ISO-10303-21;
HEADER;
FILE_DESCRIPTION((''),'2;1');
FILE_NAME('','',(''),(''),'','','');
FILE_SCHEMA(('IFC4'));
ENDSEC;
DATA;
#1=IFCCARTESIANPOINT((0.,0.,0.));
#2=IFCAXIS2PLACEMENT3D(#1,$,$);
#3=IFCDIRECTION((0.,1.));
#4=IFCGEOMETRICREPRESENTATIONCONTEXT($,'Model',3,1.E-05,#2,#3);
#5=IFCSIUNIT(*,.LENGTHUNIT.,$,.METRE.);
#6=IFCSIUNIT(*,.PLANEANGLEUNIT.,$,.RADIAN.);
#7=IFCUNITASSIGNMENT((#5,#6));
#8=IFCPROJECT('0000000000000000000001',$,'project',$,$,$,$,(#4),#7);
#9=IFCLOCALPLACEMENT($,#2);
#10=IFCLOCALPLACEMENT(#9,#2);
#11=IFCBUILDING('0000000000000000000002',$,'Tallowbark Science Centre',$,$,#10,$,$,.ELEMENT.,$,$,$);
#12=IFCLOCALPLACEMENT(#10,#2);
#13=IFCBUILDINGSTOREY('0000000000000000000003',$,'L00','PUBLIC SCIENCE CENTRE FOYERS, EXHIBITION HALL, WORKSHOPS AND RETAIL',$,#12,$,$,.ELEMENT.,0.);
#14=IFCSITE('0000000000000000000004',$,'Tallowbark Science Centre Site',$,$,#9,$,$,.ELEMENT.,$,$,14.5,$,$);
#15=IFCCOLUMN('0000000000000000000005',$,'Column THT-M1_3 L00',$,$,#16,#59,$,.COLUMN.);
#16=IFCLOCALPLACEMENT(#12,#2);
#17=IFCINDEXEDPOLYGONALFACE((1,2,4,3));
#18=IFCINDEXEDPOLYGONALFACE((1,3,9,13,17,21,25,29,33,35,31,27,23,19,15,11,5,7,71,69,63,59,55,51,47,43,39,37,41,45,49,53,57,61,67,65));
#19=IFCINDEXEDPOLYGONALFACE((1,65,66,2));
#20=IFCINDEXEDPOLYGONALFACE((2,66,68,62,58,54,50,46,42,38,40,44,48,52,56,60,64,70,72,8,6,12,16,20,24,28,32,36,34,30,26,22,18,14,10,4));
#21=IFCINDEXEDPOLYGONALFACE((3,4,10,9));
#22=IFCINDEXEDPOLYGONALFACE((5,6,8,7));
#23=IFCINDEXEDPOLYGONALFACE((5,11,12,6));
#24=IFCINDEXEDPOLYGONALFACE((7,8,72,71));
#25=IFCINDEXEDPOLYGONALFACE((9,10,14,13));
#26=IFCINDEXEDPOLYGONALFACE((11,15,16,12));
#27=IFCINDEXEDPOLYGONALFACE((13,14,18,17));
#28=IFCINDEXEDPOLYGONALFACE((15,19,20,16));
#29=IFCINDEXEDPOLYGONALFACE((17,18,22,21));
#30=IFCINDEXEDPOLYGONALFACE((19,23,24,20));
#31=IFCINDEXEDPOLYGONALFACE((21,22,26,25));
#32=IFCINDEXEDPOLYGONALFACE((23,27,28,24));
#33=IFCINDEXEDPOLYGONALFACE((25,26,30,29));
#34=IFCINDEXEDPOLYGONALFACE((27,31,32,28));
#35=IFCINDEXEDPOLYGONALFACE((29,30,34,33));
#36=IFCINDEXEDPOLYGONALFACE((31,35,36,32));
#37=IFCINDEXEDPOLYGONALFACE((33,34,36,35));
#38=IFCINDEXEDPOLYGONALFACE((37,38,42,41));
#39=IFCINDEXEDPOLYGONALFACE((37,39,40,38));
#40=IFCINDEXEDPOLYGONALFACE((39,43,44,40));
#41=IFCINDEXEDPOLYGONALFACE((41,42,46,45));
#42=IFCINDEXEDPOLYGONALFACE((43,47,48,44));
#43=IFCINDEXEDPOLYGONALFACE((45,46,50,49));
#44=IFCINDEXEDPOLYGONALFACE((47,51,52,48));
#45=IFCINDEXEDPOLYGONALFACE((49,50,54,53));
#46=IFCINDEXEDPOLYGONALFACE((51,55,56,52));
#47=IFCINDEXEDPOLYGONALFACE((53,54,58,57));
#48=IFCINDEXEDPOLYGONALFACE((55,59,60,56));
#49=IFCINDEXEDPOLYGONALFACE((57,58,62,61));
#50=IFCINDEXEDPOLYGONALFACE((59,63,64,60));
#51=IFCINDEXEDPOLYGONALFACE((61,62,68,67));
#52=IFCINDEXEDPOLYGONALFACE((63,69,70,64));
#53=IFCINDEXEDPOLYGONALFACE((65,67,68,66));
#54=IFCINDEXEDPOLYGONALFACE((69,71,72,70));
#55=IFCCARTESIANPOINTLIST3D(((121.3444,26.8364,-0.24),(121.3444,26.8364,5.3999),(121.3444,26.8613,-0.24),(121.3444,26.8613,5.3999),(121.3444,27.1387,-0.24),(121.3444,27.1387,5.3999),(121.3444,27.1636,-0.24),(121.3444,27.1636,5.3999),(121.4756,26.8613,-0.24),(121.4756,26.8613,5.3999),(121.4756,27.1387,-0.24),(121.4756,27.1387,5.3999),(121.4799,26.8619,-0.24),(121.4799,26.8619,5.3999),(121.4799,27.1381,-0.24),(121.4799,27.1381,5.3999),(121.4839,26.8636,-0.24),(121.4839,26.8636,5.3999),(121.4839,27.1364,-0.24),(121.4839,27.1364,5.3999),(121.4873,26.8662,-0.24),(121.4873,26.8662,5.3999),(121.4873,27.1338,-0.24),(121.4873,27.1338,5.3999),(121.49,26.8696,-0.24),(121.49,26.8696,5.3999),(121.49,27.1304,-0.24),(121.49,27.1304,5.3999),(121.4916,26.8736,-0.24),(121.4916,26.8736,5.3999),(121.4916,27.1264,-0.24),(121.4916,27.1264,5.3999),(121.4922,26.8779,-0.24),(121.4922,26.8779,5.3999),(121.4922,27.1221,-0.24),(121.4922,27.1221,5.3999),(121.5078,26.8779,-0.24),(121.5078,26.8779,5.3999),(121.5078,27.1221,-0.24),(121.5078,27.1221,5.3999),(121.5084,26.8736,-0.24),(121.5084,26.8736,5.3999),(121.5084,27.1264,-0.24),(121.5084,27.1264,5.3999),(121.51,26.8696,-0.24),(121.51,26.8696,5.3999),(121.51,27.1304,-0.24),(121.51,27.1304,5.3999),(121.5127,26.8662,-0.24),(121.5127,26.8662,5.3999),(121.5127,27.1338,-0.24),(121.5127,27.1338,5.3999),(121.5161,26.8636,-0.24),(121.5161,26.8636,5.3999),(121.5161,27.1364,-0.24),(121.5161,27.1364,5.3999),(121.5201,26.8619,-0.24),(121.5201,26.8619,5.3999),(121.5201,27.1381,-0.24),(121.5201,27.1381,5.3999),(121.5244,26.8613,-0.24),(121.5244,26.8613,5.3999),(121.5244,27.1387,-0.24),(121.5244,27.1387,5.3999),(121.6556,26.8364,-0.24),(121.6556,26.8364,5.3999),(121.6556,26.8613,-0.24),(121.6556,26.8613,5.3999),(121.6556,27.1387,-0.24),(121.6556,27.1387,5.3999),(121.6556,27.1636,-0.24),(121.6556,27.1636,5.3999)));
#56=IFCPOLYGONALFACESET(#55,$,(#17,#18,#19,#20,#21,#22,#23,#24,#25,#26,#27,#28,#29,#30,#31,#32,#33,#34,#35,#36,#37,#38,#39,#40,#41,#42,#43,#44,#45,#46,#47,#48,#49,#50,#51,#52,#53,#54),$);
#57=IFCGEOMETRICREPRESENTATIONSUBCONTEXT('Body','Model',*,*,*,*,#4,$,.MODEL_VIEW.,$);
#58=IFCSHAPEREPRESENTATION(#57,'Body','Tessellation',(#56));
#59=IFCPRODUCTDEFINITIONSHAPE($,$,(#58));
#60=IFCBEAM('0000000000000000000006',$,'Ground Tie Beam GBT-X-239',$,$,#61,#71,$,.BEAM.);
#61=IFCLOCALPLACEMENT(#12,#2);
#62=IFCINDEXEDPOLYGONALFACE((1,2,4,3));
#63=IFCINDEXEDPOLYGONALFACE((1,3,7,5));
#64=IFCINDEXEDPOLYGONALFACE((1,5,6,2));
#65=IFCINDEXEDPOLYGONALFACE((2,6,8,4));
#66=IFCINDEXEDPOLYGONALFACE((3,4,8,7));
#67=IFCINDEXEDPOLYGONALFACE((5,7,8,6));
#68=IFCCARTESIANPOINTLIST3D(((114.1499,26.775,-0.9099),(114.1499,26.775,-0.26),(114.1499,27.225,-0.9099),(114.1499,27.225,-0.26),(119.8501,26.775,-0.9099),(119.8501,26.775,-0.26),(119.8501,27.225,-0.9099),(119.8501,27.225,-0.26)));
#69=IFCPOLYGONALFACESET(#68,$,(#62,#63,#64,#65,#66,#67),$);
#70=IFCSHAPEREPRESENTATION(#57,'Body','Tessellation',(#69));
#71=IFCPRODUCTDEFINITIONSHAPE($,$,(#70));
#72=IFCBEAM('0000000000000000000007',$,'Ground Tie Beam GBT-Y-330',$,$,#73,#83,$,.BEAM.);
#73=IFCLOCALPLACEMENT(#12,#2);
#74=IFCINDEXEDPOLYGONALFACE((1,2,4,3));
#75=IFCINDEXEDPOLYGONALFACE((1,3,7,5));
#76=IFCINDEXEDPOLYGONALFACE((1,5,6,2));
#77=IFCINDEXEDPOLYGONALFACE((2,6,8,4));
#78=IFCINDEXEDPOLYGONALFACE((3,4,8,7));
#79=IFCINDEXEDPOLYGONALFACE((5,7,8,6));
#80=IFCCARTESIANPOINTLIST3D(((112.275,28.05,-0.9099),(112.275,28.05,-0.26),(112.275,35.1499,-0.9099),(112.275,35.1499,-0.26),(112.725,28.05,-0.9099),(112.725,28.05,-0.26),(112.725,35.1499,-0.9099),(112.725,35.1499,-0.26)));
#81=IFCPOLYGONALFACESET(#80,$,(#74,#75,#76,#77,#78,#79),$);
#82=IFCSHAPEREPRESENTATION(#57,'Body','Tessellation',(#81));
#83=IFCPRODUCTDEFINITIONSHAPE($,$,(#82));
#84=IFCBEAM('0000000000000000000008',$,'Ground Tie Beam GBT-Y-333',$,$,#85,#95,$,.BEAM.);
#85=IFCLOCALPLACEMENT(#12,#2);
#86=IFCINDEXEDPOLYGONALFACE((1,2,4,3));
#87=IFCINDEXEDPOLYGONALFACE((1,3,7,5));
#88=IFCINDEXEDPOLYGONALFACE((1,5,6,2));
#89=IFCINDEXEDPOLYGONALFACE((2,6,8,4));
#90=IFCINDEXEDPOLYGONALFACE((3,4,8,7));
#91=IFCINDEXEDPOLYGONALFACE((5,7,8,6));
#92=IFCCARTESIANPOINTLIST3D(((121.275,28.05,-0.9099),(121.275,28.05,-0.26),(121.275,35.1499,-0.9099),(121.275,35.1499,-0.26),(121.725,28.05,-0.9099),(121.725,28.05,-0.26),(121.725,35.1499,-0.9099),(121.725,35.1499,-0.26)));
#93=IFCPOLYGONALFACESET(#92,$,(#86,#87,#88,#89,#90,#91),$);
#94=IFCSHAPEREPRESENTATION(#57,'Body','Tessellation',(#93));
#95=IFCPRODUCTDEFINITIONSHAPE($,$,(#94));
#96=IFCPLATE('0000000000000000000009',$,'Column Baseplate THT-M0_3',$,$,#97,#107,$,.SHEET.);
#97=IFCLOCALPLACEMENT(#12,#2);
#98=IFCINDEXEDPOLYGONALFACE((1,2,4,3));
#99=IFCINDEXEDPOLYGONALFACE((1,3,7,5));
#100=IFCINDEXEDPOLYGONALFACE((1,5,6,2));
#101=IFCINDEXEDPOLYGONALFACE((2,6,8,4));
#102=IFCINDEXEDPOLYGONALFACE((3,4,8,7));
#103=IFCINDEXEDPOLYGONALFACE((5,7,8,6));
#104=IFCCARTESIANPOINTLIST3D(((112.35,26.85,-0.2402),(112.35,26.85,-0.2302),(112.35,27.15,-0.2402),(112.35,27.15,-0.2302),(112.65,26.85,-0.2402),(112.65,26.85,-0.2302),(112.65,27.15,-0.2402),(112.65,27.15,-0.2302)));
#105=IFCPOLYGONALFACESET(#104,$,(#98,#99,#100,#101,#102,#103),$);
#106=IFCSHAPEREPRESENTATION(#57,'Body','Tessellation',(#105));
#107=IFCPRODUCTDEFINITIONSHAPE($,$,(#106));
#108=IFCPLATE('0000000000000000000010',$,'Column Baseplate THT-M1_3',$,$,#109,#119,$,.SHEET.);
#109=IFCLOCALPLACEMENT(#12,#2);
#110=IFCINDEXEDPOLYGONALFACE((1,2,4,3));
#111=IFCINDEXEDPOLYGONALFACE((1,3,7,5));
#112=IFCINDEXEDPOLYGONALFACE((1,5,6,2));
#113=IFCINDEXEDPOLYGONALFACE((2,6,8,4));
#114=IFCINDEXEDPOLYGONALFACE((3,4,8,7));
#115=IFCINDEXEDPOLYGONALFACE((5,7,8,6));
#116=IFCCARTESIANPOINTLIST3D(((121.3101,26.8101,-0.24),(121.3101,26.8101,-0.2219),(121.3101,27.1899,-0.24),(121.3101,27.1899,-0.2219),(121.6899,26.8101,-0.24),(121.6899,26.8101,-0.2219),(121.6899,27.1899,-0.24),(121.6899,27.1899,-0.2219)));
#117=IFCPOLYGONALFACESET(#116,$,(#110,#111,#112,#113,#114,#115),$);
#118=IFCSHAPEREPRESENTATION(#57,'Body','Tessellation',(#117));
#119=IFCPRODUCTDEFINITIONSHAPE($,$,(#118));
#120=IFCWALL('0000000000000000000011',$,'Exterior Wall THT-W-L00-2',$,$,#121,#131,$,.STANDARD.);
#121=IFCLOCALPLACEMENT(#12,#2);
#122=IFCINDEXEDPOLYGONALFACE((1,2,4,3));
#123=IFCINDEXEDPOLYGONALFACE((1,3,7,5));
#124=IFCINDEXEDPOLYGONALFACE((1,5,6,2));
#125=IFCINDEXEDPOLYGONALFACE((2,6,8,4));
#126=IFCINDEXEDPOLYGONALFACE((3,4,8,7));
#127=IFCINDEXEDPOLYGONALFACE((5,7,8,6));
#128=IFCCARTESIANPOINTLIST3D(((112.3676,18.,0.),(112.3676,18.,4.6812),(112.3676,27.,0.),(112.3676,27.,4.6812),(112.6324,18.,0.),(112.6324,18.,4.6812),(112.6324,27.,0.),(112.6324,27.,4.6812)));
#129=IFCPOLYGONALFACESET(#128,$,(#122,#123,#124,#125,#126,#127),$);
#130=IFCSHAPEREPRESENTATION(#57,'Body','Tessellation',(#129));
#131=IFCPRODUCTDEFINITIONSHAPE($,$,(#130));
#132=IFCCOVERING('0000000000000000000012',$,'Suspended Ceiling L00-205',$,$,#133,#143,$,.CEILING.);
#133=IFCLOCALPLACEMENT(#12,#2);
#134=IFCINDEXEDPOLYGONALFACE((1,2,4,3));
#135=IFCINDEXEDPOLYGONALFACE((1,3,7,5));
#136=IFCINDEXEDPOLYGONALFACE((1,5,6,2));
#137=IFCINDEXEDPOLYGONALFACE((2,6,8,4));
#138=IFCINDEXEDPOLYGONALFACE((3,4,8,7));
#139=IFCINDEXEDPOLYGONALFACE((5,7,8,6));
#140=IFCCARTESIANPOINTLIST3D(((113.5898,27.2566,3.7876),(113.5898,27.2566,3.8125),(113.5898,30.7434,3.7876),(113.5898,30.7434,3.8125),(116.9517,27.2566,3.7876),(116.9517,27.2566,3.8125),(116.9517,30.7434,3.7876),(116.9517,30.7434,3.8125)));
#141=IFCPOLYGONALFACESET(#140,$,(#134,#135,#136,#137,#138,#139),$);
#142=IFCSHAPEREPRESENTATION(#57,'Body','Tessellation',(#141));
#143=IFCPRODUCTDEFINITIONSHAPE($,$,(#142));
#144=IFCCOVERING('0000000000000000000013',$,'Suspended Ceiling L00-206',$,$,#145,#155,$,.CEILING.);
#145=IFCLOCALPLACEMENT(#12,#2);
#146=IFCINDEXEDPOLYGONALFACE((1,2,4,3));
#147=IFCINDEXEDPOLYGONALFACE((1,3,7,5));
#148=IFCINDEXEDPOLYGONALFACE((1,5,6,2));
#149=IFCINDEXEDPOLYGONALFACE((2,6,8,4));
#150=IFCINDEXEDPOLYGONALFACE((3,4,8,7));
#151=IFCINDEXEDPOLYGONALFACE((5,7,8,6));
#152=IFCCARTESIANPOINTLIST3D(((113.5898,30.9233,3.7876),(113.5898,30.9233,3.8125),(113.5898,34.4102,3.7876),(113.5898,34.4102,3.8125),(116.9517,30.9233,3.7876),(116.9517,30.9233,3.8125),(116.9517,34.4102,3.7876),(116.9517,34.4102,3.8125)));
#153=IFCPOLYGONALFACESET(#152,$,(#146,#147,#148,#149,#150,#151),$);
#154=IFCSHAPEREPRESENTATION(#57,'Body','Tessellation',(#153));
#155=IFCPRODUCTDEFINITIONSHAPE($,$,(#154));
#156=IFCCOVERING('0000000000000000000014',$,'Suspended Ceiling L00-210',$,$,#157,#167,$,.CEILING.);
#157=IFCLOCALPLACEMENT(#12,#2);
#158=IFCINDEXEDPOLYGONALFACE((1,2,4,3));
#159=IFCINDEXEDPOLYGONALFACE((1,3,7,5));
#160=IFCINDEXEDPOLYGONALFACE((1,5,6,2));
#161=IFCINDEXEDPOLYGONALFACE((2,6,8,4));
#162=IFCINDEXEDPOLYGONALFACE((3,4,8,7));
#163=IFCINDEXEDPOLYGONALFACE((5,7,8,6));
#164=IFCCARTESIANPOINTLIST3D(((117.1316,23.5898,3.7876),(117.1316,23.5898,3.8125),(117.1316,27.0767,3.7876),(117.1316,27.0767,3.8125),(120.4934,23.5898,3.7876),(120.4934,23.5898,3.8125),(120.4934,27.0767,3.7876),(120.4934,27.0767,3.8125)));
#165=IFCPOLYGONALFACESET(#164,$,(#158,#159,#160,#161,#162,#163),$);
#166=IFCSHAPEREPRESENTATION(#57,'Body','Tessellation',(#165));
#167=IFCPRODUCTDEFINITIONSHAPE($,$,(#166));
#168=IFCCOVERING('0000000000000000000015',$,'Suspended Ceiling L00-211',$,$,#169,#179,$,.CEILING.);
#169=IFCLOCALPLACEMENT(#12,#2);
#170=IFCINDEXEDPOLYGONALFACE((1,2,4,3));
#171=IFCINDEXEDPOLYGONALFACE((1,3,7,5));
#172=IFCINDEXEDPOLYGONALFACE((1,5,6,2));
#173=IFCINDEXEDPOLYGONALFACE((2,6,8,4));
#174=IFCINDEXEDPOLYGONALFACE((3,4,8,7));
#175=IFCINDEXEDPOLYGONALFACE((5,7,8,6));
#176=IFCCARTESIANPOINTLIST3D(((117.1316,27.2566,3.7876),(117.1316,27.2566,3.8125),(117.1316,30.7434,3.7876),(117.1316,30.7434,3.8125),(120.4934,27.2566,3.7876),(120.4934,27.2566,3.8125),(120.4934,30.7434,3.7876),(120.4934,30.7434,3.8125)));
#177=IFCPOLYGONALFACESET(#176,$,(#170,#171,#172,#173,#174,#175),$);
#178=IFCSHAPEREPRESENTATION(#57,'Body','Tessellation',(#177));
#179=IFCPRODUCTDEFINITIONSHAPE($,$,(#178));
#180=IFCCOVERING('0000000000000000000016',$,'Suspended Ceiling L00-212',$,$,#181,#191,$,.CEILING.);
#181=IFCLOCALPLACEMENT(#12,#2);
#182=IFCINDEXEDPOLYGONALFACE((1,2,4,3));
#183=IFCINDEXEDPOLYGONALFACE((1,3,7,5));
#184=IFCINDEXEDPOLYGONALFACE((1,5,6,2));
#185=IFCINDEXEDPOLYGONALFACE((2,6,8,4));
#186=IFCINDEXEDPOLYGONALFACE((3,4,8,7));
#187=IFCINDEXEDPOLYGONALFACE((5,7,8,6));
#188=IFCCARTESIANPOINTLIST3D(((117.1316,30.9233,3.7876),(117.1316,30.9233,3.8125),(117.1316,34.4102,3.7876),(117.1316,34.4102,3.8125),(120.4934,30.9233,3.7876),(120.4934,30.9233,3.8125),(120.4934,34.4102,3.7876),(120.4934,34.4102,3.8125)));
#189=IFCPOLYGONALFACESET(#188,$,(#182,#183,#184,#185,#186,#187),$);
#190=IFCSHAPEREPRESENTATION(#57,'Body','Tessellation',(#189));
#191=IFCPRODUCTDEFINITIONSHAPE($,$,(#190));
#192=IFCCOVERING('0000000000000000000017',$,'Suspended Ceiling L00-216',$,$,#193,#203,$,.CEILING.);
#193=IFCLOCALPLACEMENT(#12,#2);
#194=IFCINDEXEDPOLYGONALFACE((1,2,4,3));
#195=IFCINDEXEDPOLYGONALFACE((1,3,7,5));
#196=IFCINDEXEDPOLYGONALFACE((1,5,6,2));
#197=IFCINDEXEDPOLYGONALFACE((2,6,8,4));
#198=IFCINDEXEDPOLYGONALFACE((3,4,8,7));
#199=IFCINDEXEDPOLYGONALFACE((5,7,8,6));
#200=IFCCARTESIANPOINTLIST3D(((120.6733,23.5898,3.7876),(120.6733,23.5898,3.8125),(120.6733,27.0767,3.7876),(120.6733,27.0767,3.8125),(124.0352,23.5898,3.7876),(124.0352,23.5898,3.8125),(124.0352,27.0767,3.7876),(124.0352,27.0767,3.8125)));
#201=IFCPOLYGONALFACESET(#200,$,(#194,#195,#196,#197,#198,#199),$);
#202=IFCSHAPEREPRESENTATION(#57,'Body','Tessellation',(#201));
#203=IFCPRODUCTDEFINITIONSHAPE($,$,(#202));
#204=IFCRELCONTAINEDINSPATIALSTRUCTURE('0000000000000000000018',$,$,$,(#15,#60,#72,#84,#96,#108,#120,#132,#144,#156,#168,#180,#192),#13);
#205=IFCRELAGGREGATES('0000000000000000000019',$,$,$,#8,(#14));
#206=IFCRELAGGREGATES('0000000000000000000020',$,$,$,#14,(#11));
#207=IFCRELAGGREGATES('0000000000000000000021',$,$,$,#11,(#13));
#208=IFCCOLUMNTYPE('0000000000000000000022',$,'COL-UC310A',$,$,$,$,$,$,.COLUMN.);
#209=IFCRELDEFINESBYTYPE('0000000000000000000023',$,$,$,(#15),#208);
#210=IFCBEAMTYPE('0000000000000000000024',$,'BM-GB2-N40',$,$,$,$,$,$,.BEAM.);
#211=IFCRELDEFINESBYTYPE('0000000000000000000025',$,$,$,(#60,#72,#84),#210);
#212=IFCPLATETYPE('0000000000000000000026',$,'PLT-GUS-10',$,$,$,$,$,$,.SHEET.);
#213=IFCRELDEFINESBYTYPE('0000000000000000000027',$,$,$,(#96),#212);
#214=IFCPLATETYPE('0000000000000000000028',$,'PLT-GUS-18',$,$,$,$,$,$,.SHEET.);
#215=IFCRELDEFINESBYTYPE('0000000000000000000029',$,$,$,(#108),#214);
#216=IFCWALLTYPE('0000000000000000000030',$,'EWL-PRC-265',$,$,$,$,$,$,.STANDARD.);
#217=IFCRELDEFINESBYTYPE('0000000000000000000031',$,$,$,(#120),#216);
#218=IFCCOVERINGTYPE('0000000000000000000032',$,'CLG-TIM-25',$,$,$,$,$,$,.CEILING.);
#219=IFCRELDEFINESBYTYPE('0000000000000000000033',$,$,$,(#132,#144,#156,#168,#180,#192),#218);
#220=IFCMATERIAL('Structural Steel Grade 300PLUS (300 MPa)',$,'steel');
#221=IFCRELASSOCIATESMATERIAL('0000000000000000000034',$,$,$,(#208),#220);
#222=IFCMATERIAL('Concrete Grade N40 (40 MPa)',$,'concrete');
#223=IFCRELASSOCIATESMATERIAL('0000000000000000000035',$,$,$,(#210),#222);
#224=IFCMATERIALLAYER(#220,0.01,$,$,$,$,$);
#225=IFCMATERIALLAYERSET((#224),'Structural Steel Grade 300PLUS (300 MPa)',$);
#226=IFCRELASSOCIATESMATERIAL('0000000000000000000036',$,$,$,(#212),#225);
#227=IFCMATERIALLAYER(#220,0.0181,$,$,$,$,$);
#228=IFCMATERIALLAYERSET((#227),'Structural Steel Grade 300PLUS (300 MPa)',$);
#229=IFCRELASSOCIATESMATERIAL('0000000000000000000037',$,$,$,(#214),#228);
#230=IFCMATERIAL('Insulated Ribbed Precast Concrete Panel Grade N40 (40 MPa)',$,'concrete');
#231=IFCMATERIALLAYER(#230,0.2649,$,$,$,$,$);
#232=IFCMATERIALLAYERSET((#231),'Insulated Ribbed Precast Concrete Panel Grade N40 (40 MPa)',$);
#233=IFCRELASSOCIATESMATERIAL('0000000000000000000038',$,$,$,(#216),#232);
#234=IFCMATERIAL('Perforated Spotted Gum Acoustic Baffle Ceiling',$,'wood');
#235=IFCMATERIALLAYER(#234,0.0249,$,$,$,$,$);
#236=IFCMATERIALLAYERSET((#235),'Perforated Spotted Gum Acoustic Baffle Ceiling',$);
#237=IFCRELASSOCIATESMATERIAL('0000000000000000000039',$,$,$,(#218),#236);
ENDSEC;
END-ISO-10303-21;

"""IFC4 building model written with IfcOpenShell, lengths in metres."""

from ifc_helpers import new_model, si_unit, direction, frame, frame_2d, origin, origin_2d, place, context, subcontext, project, spatial, rectangle, i_section, extrude, material, layer, layer_set, material_profile, profile_set, type_object, element, save


model = new_model("IFC4")

# Units and contexts
model_context = context("Model", 3, precision=1e-05, world=origin(), true_north=direction((0.0, 1.0)))
body_context = subcontext(model_context, "Body", "Model", "MODEL_VIEW")
ifc_project = project(units=[si_unit("LENGTHUNIT", "METRE"), si_unit("PLANEANGLEUNIT", "RADIAN")], contexts=[model_context])

# Site, building, storey
site_placement = place(None, origin())
site = spatial("IfcSite", under=ifc_project, at=site_placement, Name="Tallowbark Science Centre Site", CompositionType="ELEMENT", RefElevation=14.5)
building_placement = place(site_placement, origin())
building = spatial("IfcBuilding", under=site, at=building_placement, Name="Tallowbark Science Centre", CompositionType="ELEMENT")
storey_placement = place(building_placement, origin())
storey = spatial("IfcBuildingStorey", under=building, at=storey_placement, Name="L00", Description="PUBLIC SCIENCE CENTRE FOYERS, EXHIBITION HALL, WORKSHOPS AND RETAIL", CompositionType="ELEMENT", Elevation=0.0)

# Shared definitions
ifc_material_1 = material(Name="Concrete Grade N40 (40 MPa)", Category="concrete")

# Column
ifc_material_2 = material(Name="Structural Steel Grade 300PLUS (300 MPa)", Category="steel")
ifc_material_profile_1 = material_profile(ifc_material_2, i_section(OverallWidth=0.3113, OverallDepth=0.3271, WebThickness=0.0156, FlangeThickness=0.0249, FilletRadius=0.0166, at=origin_2d()), Name="310UC158")
ifc_profile_set_1 = profile_set([ifc_material_profile_1], Name="Structural Steel Grade 300PLUS (300 MPa)")
column_type = type_object("IfcColumnType", Name="COL-UC310A", PredefinedType="COLUMN", material=ifc_profile_set_1)
for number, where, z_axis, x_axis, name in (
    (1, (121.5, 27.0, -0.24), (0.0, 0.0, 1.0), (1.0, 0.0, 0.0), "Column THT-M1_3 L00"),
):
    element("IfcColumn", number, at=place(storey_placement, frame(where, z_axis=z_axis, x_axis=x_axis)), inside=storey, type_object=column_type, Name=name, PredefinedType="COLUMN", context=body_context, shape_type="SweptSolid", body=[
        extrude(i_section(OverallWidth=0.3113, OverallDepth=0.3271, WebThickness=0.0156, FlangeThickness=0.0249, FilletRadius=0.0166, at=origin_2d()), origin(), (0.0, 0.0, 1.0), 5.6399),
    ])

# Beams
ifc_material_profile_2 = material_profile(ifc_material_1, rectangle(XDim=0.45, YDim=0.6499, at=origin_2d()), Name="RC450x650")
ifc_profile_set_2 = profile_set([ifc_material_profile_2], Name="Concrete Grade N40 (40 MPa)")
beam_type = type_object("IfcBeamType", Name="BM-GB2-N40", PredefinedType="BEAM", material=ifc_profile_set_2)
beam_placement = place(storey_placement, frame((114.1499, 27.0, -0.585), z_axis=(1.0, 0.0, 0.0), x_axis=(0.0, 1.0, 0.0)))
element("IfcBeam", 2, at=beam_placement, inside=storey, type_object=beam_type, Name="Ground Tie Beam GBT-X-239", PredefinedType="BEAM", context=body_context, shape_type="SweptSolid", body=[
    extrude(rectangle(XDim=0.45, YDim=0.6499, at=origin_2d()), origin(), (0.0, 0.0, 1.0), 5.7002),
])
for number, where, z_axis, x_axis, name in (
    (3, (112.5, 28.05, -0.585), (0.0, 1.0, 0.0), (-1.0, 0.0, 0.0), "Ground Tie Beam GBT-Y-330"),
    (4, (121.5, 28.05, -0.585), (0.0, 1.0, 0.0), (-1.0, 0.0, 0.0), "Ground Tie Beam GBT-Y-333"),
):
    element("IfcBeam", number, at=place(storey_placement, frame(where, z_axis=z_axis, x_axis=x_axis)), inside=storey, type_object=beam_type, Name=name, PredefinedType="BEAM", context=body_context, shape_type="SweptSolid", body=[
        extrude(rectangle(XDim=0.45, YDim=0.6499, at=origin_2d()), origin(), (0.0, 0.0, 1.0), 7.0999),
    ])

# Plates
ifc_layer_1 = layer(ifc_material_2, 0.01)
ifc_layer_set_1 = layer_set([ifc_layer_1], Name="Structural Steel Grade 300PLUS (300 MPa)")
plate_type_1 = type_object("IfcPlateType", Name="PLT-GUS-10", PredefinedType="SHEET", material=ifc_layer_set_1)
plate_1_placement = place(storey_placement, frame((112.5, 27.0, -0.2402), z_axis=(0.0, 0.0, 1.0), x_axis=(1.0, 0.0, 0.0)))
element("IfcPlate", 5, at=plate_1_placement, inside=storey, type_object=plate_type_1, Name="Column Baseplate THT-M0_3", PredefinedType="SHEET", context=body_context, shape_type="SweptSolid", body=[
    extrude(rectangle(XDim=0.3, YDim=0.3, at=origin_2d()), origin(), (0.0, 0.0, 1.0), 0.01),
])
ifc_layer_2 = layer(ifc_material_2, 0.0181)
ifc_layer_set_2 = layer_set([ifc_layer_2], Name="Structural Steel Grade 300PLUS (300 MPa)")
plate_type_2 = type_object("IfcPlateType", Name="PLT-GUS-18", PredefinedType="SHEET", material=ifc_layer_set_2)
plate_2_placement = place(storey_placement, frame((121.5, 27.0, -0.24), z_axis=(0.0, 0.0, 1.0), x_axis=(1.0, 0.0, 0.0)))
element("IfcPlate", 6, at=plate_2_placement, inside=storey, type_object=plate_type_2, Name="Column Baseplate THT-M1_3", PredefinedType="SHEET", context=body_context, shape_type="SweptSolid", body=[
    extrude(rectangle(XDim=0.3799, YDim=0.3799, at=origin_2d()), origin(), (0.0, 0.0, 1.0), 0.0181),
])

# Wall
ifc_material_3 = material(Name="Insulated Ribbed Precast Concrete Panel Grade N40 (40 MPa)", Category="concrete")
ifc_layer_3 = layer(ifc_material_3, 0.2649)
ifc_layer_set_3 = layer_set([ifc_layer_3], Name="Insulated Ribbed Precast Concrete Panel Grade N40 (40 MPa)")
wall_type = type_object("IfcWallType", Name="EWL-PRC-265", PredefinedType="STANDARD", material=ifc_layer_set_3)
wall_placement = place(storey_placement, frame((112.5, 27.0, 0.0), z_axis=(0.0, 0.0, 1.0), x_axis=(0.0, -1.0, 0.0)))
element("IfcWall", 7, at=wall_placement, inside=storey, type_object=wall_type, Name="Exterior Wall THT-W-L00-2", PredefinedType="STANDARD", context=body_context, shape_type="SweptSolid", body=[
    extrude(rectangle(XDim=9.0, YDim=0.2649, at=frame_2d((4.5, 0.0))), origin(), (0.0, 0.0, 1.0), 4.6812),
])

# Coverings
ifc_material_4 = material(Name="Perforated Spotted Gum Acoustic Baffle Ceiling", Category="wood")
ifc_layer_4 = layer(ifc_material_4, 0.0249)
ifc_layer_set_4 = layer_set([ifc_layer_4], Name="Perforated Spotted Gum Acoustic Baffle Ceiling")
covering_type_1 = type_object("IfcCoveringType", Name="CLG-TIM-25", PredefinedType="CEILING", material=ifc_layer_set_4)
for number, where, z_axis, x_axis, name in (
    (8, (115.2708, 29.0, 3.7876), (0.0, 0.0, 1.0), (1.0, 0.0, 0.0), "Suspended Ceiling L00-205"),
    (9, (115.2708, 32.6667, 3.7876), (0.0, 0.0, 1.0), (1.0, 0.0, 0.0), "Suspended Ceiling L00-206"),
    (10, (118.8125, 25.3333, 3.7876), (0.0, 0.0, 1.0), (1.0, 0.0, 0.0), "Suspended Ceiling L00-210"),
    (11, (118.8125, 29.0, 3.7876), (0.0, 0.0, 1.0), (1.0, 0.0, 0.0), "Suspended Ceiling L00-211"),
    (12, (118.8125, 32.6667, 3.7876), (0.0, 0.0, 1.0), (1.0, 0.0, 0.0), "Suspended Ceiling L00-212"),
    (13, (122.3542, 25.3333, 3.7876), (0.0, 0.0, 1.0), (1.0, 0.0, 0.0), "Suspended Ceiling L00-216"),
):
    element("IfcCovering", number, at=place(storey_placement, frame(where, z_axis=z_axis, x_axis=x_axis)), inside=storey, type_object=covering_type_1, Name=name, PredefinedType="CEILING", context=body_context, shape_type="SweptSolid", body=[
        extrude(rectangle(XDim=3.3618, YDim=3.4868, at=origin_2d()), origin(), (0.0, 0.0, 1.0), 0.0249),
    ])

save(model, "model.ifc")
